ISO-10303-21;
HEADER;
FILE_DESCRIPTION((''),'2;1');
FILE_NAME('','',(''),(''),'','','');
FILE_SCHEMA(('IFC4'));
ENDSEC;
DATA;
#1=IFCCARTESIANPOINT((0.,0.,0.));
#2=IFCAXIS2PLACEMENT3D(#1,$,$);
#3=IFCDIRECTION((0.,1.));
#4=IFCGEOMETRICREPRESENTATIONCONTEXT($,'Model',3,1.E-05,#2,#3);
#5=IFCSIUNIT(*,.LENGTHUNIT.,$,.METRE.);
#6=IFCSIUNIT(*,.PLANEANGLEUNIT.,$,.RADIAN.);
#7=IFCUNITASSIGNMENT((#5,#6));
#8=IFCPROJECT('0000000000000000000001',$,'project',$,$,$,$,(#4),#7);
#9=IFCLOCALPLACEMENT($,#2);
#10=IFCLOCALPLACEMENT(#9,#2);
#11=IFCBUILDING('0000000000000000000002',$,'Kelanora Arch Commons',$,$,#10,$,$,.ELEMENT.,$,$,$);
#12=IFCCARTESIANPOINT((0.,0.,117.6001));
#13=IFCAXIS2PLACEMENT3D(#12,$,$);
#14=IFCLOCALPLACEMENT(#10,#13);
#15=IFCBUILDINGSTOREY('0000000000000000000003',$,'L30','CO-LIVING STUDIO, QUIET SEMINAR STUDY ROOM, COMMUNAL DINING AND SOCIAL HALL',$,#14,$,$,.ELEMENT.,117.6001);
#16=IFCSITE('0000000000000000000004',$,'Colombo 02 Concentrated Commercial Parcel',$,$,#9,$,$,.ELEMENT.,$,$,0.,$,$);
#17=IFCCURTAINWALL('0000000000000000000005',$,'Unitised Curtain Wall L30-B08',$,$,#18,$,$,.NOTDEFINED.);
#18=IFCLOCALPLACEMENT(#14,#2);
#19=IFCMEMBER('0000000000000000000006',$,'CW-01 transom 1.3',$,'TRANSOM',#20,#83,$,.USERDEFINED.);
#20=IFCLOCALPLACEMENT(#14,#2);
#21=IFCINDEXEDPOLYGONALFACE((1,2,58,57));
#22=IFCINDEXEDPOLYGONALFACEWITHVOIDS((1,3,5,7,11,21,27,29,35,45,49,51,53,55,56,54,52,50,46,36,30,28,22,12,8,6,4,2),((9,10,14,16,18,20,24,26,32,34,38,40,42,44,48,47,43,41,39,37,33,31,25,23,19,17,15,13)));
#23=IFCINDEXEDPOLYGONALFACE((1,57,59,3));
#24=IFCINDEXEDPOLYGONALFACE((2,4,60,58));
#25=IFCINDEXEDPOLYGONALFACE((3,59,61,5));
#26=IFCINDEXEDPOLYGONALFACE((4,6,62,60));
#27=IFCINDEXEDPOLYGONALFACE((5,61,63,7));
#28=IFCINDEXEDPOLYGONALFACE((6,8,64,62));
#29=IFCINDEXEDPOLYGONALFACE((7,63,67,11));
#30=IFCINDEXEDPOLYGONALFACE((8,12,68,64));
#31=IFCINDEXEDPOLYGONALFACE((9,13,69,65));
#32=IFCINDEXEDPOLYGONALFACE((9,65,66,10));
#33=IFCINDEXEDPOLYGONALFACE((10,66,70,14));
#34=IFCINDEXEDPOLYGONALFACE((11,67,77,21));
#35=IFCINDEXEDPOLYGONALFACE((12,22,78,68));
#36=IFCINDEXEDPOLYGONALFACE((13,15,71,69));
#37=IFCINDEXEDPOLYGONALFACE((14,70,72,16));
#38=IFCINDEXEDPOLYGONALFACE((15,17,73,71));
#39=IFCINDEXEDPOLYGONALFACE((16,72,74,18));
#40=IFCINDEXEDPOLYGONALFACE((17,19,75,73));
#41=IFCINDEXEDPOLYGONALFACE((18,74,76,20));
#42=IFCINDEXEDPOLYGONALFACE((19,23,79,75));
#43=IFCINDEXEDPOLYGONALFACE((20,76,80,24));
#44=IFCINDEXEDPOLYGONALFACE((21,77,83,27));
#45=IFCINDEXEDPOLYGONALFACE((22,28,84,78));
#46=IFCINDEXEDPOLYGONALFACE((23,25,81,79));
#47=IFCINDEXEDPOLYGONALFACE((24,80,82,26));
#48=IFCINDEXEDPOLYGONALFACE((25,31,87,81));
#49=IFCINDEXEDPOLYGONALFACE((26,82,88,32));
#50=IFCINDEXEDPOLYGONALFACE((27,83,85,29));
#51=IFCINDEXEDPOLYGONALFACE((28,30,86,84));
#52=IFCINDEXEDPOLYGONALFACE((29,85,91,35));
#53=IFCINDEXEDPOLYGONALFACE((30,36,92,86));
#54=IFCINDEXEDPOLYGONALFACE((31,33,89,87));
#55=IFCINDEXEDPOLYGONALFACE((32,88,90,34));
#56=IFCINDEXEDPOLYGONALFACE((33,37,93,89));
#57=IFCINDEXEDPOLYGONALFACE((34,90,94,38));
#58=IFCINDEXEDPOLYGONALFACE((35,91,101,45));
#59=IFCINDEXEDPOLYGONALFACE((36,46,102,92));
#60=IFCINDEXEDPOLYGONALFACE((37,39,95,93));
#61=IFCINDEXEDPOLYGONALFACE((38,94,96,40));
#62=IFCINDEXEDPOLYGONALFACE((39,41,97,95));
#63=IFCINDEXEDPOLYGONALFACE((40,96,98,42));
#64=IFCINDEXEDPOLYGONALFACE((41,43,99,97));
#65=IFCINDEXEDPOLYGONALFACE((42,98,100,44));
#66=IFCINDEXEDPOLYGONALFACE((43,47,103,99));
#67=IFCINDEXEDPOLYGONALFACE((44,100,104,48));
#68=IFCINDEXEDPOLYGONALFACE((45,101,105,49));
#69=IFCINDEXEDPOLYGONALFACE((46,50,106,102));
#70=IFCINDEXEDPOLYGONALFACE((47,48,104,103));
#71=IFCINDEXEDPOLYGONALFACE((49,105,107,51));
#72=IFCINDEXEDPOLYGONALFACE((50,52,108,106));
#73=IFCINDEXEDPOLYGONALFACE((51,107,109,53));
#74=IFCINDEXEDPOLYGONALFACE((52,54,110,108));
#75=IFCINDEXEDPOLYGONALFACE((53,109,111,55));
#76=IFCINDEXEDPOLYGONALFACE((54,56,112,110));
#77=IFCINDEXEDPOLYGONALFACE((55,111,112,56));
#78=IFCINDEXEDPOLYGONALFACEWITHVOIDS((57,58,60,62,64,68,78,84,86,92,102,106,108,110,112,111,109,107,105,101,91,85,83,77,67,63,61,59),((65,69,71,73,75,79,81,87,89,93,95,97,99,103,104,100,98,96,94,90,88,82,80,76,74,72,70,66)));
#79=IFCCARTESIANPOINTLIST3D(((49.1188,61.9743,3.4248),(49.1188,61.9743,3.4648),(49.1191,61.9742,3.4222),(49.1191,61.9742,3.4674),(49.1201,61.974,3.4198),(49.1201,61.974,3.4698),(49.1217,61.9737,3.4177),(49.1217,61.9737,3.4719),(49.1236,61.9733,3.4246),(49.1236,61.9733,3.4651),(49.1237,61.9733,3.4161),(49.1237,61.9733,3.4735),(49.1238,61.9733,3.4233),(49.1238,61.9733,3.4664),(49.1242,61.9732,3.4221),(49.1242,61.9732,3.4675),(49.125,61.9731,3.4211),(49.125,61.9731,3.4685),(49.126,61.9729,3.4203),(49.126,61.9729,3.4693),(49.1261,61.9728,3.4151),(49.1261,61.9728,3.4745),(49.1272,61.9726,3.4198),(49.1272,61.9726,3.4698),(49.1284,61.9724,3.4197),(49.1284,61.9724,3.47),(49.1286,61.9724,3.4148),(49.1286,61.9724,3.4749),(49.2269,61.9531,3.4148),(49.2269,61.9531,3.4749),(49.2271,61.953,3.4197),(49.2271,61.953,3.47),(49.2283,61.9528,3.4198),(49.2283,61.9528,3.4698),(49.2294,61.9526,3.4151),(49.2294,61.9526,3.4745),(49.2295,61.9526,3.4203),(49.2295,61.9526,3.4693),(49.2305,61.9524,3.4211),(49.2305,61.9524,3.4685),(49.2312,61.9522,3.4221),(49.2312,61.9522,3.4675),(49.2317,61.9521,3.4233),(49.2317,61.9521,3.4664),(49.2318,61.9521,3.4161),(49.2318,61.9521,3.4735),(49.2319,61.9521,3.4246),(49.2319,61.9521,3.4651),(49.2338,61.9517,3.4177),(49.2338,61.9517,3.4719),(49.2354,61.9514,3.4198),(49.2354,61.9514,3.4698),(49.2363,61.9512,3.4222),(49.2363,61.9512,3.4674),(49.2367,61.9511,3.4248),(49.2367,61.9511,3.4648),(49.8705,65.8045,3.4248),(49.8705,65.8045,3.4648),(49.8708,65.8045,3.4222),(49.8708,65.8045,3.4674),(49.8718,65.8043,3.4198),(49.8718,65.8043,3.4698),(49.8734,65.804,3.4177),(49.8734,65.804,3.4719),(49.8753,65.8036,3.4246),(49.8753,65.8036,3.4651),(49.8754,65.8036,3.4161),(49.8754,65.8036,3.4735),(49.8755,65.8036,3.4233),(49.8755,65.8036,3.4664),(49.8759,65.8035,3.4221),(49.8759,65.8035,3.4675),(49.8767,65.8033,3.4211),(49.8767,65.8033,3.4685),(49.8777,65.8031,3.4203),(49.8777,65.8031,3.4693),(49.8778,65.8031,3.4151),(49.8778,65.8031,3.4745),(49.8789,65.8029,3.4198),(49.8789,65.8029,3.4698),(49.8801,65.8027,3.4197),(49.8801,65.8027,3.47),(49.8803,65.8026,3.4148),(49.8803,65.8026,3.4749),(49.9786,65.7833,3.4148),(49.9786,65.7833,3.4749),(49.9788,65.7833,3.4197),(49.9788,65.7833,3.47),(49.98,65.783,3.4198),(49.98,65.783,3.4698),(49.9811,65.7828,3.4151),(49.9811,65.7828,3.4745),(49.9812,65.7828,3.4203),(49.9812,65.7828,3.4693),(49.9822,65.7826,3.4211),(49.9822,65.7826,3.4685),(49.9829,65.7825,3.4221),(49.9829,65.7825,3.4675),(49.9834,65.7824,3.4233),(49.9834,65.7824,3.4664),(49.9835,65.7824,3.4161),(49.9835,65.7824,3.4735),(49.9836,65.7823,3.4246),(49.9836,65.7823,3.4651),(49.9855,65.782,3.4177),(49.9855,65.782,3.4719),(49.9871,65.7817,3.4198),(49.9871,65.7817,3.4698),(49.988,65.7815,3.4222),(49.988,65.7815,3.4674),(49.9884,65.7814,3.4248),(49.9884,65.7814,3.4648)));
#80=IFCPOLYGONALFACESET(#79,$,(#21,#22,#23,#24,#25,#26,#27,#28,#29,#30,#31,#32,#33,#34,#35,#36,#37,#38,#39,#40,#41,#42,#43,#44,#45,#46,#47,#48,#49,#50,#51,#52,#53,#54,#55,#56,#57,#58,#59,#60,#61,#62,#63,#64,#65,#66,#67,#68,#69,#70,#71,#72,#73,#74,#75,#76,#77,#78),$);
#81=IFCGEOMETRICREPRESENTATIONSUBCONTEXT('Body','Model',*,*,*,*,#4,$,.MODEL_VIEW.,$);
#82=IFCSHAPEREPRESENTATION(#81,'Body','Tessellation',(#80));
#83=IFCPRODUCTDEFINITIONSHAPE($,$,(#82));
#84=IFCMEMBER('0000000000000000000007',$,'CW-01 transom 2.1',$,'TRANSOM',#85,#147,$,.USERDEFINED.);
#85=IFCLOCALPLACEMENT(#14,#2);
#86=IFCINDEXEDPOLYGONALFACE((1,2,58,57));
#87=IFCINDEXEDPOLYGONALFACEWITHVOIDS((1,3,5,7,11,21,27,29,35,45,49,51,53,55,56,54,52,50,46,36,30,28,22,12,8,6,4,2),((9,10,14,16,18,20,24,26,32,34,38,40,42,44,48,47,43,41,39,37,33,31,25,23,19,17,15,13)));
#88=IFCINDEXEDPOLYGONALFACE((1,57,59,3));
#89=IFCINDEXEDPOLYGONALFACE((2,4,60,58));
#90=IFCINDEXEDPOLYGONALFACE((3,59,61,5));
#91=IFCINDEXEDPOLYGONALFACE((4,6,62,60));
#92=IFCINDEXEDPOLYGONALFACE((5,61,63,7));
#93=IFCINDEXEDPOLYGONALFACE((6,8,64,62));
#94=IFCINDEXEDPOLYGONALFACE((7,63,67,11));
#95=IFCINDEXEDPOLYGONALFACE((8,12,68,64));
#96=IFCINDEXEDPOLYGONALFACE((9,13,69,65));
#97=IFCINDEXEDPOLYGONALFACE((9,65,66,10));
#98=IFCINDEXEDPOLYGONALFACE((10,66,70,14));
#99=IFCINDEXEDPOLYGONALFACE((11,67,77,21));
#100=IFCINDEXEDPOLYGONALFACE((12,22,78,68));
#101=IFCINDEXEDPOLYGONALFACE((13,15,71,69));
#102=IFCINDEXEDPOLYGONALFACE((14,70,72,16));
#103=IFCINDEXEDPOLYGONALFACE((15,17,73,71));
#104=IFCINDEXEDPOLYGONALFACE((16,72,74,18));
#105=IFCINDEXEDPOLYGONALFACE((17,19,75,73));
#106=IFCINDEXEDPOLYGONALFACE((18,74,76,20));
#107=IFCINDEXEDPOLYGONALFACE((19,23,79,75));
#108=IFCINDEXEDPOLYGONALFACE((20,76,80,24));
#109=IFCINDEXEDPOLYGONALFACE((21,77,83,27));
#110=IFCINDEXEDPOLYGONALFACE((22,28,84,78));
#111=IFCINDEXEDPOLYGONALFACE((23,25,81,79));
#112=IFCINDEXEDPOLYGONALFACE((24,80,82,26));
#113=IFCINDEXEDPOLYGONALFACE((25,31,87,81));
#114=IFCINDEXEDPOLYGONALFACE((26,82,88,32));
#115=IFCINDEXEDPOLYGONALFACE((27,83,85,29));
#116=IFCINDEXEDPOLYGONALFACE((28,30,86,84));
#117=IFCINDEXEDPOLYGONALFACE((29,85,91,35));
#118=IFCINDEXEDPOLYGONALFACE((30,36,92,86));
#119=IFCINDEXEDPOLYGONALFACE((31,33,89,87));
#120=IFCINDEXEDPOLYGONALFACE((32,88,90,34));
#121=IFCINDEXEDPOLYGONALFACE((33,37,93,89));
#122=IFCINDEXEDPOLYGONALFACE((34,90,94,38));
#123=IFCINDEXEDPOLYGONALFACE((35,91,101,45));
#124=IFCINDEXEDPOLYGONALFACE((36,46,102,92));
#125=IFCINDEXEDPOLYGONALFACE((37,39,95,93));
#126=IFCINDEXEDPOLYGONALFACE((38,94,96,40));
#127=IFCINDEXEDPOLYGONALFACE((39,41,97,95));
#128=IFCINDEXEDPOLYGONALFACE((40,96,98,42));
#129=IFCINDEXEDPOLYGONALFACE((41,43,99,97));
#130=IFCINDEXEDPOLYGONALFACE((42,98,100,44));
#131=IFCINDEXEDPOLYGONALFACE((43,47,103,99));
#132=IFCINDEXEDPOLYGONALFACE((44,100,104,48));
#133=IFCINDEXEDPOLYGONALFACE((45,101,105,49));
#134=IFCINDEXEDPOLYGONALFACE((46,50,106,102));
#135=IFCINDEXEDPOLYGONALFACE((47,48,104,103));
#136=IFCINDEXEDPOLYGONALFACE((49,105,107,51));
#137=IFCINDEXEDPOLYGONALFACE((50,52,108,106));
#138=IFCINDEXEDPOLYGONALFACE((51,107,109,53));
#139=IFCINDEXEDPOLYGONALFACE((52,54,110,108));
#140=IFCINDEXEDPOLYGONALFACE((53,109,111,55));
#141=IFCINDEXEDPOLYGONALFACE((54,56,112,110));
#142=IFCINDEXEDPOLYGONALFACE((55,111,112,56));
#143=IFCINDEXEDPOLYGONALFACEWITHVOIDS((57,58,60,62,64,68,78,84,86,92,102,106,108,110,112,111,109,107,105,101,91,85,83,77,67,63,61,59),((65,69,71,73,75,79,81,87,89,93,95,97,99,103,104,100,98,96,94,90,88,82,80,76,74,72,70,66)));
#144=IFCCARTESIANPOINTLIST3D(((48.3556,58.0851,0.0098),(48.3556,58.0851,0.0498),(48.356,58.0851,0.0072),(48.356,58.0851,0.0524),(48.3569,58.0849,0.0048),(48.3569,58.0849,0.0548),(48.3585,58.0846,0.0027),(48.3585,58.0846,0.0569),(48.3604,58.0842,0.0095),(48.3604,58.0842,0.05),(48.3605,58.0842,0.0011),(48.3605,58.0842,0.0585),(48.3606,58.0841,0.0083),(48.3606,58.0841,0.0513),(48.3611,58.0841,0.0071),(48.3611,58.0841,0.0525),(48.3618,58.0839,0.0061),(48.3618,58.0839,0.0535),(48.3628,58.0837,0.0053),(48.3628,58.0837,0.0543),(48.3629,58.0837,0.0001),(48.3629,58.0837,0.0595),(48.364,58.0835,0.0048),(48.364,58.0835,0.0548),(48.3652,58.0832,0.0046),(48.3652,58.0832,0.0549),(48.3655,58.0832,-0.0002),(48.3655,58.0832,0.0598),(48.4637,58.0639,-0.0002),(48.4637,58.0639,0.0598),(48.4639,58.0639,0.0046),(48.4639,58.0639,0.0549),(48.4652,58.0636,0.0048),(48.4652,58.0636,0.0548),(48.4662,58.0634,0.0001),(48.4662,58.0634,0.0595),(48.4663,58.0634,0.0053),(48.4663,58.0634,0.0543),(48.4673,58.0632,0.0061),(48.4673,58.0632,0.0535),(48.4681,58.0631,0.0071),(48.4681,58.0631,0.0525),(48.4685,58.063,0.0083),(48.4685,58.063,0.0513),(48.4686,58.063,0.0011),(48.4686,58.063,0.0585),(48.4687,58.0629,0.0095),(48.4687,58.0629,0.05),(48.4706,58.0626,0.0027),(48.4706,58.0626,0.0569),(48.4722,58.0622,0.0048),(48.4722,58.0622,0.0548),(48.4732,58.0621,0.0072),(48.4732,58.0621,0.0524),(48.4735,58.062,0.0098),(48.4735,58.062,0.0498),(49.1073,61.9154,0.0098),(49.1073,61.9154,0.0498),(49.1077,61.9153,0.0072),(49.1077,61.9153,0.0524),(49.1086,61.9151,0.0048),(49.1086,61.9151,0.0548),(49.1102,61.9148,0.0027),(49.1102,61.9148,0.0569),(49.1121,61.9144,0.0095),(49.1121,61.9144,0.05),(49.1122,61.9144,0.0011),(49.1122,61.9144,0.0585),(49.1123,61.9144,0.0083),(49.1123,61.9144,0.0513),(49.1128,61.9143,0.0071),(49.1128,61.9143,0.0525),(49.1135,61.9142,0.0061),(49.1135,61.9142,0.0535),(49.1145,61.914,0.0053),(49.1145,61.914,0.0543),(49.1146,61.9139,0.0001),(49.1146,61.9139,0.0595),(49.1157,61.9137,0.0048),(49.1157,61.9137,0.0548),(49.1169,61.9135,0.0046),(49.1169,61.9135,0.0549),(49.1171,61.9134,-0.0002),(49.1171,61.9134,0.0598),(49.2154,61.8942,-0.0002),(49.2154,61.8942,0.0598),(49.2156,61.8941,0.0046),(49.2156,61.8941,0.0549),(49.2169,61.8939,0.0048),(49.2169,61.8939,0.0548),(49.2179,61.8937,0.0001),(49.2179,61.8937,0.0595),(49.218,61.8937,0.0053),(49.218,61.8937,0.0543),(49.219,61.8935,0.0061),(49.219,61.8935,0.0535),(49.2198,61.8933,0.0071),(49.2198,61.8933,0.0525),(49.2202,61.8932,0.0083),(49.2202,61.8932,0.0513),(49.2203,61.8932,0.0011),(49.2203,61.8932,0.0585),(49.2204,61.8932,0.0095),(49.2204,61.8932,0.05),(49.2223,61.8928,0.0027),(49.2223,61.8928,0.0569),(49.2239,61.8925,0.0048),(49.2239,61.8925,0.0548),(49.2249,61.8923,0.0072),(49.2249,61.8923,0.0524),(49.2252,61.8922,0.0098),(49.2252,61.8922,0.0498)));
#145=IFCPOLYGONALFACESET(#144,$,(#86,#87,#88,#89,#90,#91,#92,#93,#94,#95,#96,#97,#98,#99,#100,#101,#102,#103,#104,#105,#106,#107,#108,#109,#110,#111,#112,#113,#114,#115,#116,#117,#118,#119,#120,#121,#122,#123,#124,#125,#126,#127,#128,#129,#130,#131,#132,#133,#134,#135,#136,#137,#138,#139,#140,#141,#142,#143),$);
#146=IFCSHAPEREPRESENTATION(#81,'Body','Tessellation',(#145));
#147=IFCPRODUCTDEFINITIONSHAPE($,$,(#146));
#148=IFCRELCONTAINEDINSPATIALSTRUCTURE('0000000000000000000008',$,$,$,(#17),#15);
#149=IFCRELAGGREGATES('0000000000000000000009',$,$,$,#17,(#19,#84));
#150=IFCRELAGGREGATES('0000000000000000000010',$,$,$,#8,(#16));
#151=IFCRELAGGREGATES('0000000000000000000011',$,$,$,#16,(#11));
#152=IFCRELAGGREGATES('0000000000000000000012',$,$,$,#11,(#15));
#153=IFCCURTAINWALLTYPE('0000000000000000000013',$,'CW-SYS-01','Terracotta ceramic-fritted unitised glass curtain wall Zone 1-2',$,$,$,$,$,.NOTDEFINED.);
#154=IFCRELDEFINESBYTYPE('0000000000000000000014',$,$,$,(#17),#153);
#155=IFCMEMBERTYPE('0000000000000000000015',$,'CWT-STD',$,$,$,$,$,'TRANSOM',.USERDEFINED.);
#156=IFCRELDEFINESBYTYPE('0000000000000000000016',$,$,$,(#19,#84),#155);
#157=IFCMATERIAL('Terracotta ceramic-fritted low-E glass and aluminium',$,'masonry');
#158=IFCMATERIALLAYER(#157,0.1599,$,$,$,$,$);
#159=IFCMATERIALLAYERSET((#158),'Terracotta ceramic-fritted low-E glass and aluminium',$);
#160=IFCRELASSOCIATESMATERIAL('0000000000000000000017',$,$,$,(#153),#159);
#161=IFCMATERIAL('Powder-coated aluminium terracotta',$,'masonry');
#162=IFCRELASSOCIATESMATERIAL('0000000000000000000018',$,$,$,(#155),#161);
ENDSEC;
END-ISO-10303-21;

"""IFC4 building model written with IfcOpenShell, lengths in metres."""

from ifc_helpers import new_model, si_unit, direction, frame, origin, origin_2d, place, context, subcontext, project, spatial, hollow_rectangle, extrude, material, layer, layer_set, material_profile, profile_set, type_object, element, aggregate, save


model = new_model("IFC4")

# Units and contexts
model_context = context("Model", 3, precision=1e-05, world=origin(), true_north=direction((0.0, 1.0)))
body_context = subcontext(model_context, "Body", "Model", "MODEL_VIEW")
ifc_project = project(units=[si_unit("LENGTHUNIT", "METRE"), si_unit("PLANEANGLEUNIT", "RADIAN")], contexts=[model_context])

# Site, building, storey
site_placement = place(None, origin())
site = spatial("IfcSite", under=ifc_project, at=site_placement, Name="Colombo 02 Concentrated Commercial Parcel", CompositionType="ELEMENT", RefElevation=0.0)
building_placement = place(site_placement, origin())
building = spatial("IfcBuilding", under=site, at=building_placement, Name="Kelanora Arch Commons", CompositionType="ELEMENT")
storey_placement = place(building_placement, frame((0.0, 0.0, 117.6001)))
storey = spatial("IfcBuildingStorey", under=building, at=storey_placement, Name="L30", Description="CO-LIVING STUDIO, QUIET SEMINAR STUDY ROOM, COMMUNAL DINING AND SOCIAL HALL", CompositionType="ELEMENT", Elevation=117.6001)

# Curtain wall, members
ifc_material_1 = material(Name="Terracotta ceramic-fritted low-E glass and aluminium", Category="masonry")
ifc_layer_1 = layer(ifc_material_1, 0.1599)
ifc_layer_set_1 = layer_set([ifc_layer_1], Name="Terracotta ceramic-fritted low-E glass and aluminium")
curtain_wall_type = type_object("IfcCurtainWallType", Name="CW-SYS-01", Description="Terracotta ceramic-fritted unitised glass curtain wall Zone 1-2", PredefinedType="NOTDEFINED", material=ifc_layer_set_1)
curtain_wall_placement = place(storey_placement, origin())
curtain_wall = element("IfcCurtainWall", 1, at=curtain_wall_placement, inside=storey, type_object=curtain_wall_type, Name="Unitised Curtain Wall L30-B08", PredefinedType="NOTDEFINED")
ifc_material_2 = material(Name="Powder-coated aluminium terracotta", Category="masonry")
ifc_material_profile_1 = material_profile(ifc_material_2, hollow_rectangle(XDim=0.1201, YDim=0.0601, WallThickness=0.0049, InnerFilletRadius=0.0049, OuterFilletRadius=0.01, at=origin_2d()), Name="CWT120x60")
ifc_profile_set_1 = profile_set([ifc_material_profile_1], Name="Powder-coated aluminium terracotta")
member_type_1 = type_object("IfcMemberType", Name="CWT-STD", ElementType="TRANSOM", PredefinedType="USERDEFINED", material=ifc_profile_set_1)
member_1_placement = place(storey_placement, frame((49.9294, 65.793, 3.4448), z_axis=(-0.192579, -0.981282, 0.0), x_axis=(0.981282, -0.192579, 0.0)))
member_1 = element("IfcMember", 2, at=member_1_placement, type_object=member_type_1, Name="CW-01 transom 1.3", ObjectType="TRANSOM", PredefinedType="USERDEFINED", context=body_context, shape_type="SweptSolid", body=[
    extrude(hollow_rectangle(XDim=0.1201, YDim=0.0601, WallThickness=0.0049, InnerFilletRadius=0.0049, OuterFilletRadius=0.01, at=origin_2d()), origin(), (0.0, 0.0, 1.0), 3.9033),
])
member_2_placement = place(storey_placement, frame((49.1663, 61.9038, 0.0298), z_axis=(-0.192579, -0.981282, 0.0), x_axis=(0.981282, -0.192579, 0.0)))
member_2 = element("IfcMember", 3, at=member_2_placement, type_object=member_type_1, Name="CW-01 transom 2.1", ObjectType="TRANSOM", PredefinedType="USERDEFINED", context=body_context, shape_type="SweptSolid", body=[
    extrude(hollow_rectangle(XDim=0.1201, YDim=0.0601, WallThickness=0.0049, InnerFilletRadius=0.0049, OuterFilletRadius=0.01, at=origin_2d()), origin(), (0.0, 0.0, 1.0), 3.9033),
])
aggregate(curtain_wall, [member_1, member_2])

save(model, "model.ifc")
